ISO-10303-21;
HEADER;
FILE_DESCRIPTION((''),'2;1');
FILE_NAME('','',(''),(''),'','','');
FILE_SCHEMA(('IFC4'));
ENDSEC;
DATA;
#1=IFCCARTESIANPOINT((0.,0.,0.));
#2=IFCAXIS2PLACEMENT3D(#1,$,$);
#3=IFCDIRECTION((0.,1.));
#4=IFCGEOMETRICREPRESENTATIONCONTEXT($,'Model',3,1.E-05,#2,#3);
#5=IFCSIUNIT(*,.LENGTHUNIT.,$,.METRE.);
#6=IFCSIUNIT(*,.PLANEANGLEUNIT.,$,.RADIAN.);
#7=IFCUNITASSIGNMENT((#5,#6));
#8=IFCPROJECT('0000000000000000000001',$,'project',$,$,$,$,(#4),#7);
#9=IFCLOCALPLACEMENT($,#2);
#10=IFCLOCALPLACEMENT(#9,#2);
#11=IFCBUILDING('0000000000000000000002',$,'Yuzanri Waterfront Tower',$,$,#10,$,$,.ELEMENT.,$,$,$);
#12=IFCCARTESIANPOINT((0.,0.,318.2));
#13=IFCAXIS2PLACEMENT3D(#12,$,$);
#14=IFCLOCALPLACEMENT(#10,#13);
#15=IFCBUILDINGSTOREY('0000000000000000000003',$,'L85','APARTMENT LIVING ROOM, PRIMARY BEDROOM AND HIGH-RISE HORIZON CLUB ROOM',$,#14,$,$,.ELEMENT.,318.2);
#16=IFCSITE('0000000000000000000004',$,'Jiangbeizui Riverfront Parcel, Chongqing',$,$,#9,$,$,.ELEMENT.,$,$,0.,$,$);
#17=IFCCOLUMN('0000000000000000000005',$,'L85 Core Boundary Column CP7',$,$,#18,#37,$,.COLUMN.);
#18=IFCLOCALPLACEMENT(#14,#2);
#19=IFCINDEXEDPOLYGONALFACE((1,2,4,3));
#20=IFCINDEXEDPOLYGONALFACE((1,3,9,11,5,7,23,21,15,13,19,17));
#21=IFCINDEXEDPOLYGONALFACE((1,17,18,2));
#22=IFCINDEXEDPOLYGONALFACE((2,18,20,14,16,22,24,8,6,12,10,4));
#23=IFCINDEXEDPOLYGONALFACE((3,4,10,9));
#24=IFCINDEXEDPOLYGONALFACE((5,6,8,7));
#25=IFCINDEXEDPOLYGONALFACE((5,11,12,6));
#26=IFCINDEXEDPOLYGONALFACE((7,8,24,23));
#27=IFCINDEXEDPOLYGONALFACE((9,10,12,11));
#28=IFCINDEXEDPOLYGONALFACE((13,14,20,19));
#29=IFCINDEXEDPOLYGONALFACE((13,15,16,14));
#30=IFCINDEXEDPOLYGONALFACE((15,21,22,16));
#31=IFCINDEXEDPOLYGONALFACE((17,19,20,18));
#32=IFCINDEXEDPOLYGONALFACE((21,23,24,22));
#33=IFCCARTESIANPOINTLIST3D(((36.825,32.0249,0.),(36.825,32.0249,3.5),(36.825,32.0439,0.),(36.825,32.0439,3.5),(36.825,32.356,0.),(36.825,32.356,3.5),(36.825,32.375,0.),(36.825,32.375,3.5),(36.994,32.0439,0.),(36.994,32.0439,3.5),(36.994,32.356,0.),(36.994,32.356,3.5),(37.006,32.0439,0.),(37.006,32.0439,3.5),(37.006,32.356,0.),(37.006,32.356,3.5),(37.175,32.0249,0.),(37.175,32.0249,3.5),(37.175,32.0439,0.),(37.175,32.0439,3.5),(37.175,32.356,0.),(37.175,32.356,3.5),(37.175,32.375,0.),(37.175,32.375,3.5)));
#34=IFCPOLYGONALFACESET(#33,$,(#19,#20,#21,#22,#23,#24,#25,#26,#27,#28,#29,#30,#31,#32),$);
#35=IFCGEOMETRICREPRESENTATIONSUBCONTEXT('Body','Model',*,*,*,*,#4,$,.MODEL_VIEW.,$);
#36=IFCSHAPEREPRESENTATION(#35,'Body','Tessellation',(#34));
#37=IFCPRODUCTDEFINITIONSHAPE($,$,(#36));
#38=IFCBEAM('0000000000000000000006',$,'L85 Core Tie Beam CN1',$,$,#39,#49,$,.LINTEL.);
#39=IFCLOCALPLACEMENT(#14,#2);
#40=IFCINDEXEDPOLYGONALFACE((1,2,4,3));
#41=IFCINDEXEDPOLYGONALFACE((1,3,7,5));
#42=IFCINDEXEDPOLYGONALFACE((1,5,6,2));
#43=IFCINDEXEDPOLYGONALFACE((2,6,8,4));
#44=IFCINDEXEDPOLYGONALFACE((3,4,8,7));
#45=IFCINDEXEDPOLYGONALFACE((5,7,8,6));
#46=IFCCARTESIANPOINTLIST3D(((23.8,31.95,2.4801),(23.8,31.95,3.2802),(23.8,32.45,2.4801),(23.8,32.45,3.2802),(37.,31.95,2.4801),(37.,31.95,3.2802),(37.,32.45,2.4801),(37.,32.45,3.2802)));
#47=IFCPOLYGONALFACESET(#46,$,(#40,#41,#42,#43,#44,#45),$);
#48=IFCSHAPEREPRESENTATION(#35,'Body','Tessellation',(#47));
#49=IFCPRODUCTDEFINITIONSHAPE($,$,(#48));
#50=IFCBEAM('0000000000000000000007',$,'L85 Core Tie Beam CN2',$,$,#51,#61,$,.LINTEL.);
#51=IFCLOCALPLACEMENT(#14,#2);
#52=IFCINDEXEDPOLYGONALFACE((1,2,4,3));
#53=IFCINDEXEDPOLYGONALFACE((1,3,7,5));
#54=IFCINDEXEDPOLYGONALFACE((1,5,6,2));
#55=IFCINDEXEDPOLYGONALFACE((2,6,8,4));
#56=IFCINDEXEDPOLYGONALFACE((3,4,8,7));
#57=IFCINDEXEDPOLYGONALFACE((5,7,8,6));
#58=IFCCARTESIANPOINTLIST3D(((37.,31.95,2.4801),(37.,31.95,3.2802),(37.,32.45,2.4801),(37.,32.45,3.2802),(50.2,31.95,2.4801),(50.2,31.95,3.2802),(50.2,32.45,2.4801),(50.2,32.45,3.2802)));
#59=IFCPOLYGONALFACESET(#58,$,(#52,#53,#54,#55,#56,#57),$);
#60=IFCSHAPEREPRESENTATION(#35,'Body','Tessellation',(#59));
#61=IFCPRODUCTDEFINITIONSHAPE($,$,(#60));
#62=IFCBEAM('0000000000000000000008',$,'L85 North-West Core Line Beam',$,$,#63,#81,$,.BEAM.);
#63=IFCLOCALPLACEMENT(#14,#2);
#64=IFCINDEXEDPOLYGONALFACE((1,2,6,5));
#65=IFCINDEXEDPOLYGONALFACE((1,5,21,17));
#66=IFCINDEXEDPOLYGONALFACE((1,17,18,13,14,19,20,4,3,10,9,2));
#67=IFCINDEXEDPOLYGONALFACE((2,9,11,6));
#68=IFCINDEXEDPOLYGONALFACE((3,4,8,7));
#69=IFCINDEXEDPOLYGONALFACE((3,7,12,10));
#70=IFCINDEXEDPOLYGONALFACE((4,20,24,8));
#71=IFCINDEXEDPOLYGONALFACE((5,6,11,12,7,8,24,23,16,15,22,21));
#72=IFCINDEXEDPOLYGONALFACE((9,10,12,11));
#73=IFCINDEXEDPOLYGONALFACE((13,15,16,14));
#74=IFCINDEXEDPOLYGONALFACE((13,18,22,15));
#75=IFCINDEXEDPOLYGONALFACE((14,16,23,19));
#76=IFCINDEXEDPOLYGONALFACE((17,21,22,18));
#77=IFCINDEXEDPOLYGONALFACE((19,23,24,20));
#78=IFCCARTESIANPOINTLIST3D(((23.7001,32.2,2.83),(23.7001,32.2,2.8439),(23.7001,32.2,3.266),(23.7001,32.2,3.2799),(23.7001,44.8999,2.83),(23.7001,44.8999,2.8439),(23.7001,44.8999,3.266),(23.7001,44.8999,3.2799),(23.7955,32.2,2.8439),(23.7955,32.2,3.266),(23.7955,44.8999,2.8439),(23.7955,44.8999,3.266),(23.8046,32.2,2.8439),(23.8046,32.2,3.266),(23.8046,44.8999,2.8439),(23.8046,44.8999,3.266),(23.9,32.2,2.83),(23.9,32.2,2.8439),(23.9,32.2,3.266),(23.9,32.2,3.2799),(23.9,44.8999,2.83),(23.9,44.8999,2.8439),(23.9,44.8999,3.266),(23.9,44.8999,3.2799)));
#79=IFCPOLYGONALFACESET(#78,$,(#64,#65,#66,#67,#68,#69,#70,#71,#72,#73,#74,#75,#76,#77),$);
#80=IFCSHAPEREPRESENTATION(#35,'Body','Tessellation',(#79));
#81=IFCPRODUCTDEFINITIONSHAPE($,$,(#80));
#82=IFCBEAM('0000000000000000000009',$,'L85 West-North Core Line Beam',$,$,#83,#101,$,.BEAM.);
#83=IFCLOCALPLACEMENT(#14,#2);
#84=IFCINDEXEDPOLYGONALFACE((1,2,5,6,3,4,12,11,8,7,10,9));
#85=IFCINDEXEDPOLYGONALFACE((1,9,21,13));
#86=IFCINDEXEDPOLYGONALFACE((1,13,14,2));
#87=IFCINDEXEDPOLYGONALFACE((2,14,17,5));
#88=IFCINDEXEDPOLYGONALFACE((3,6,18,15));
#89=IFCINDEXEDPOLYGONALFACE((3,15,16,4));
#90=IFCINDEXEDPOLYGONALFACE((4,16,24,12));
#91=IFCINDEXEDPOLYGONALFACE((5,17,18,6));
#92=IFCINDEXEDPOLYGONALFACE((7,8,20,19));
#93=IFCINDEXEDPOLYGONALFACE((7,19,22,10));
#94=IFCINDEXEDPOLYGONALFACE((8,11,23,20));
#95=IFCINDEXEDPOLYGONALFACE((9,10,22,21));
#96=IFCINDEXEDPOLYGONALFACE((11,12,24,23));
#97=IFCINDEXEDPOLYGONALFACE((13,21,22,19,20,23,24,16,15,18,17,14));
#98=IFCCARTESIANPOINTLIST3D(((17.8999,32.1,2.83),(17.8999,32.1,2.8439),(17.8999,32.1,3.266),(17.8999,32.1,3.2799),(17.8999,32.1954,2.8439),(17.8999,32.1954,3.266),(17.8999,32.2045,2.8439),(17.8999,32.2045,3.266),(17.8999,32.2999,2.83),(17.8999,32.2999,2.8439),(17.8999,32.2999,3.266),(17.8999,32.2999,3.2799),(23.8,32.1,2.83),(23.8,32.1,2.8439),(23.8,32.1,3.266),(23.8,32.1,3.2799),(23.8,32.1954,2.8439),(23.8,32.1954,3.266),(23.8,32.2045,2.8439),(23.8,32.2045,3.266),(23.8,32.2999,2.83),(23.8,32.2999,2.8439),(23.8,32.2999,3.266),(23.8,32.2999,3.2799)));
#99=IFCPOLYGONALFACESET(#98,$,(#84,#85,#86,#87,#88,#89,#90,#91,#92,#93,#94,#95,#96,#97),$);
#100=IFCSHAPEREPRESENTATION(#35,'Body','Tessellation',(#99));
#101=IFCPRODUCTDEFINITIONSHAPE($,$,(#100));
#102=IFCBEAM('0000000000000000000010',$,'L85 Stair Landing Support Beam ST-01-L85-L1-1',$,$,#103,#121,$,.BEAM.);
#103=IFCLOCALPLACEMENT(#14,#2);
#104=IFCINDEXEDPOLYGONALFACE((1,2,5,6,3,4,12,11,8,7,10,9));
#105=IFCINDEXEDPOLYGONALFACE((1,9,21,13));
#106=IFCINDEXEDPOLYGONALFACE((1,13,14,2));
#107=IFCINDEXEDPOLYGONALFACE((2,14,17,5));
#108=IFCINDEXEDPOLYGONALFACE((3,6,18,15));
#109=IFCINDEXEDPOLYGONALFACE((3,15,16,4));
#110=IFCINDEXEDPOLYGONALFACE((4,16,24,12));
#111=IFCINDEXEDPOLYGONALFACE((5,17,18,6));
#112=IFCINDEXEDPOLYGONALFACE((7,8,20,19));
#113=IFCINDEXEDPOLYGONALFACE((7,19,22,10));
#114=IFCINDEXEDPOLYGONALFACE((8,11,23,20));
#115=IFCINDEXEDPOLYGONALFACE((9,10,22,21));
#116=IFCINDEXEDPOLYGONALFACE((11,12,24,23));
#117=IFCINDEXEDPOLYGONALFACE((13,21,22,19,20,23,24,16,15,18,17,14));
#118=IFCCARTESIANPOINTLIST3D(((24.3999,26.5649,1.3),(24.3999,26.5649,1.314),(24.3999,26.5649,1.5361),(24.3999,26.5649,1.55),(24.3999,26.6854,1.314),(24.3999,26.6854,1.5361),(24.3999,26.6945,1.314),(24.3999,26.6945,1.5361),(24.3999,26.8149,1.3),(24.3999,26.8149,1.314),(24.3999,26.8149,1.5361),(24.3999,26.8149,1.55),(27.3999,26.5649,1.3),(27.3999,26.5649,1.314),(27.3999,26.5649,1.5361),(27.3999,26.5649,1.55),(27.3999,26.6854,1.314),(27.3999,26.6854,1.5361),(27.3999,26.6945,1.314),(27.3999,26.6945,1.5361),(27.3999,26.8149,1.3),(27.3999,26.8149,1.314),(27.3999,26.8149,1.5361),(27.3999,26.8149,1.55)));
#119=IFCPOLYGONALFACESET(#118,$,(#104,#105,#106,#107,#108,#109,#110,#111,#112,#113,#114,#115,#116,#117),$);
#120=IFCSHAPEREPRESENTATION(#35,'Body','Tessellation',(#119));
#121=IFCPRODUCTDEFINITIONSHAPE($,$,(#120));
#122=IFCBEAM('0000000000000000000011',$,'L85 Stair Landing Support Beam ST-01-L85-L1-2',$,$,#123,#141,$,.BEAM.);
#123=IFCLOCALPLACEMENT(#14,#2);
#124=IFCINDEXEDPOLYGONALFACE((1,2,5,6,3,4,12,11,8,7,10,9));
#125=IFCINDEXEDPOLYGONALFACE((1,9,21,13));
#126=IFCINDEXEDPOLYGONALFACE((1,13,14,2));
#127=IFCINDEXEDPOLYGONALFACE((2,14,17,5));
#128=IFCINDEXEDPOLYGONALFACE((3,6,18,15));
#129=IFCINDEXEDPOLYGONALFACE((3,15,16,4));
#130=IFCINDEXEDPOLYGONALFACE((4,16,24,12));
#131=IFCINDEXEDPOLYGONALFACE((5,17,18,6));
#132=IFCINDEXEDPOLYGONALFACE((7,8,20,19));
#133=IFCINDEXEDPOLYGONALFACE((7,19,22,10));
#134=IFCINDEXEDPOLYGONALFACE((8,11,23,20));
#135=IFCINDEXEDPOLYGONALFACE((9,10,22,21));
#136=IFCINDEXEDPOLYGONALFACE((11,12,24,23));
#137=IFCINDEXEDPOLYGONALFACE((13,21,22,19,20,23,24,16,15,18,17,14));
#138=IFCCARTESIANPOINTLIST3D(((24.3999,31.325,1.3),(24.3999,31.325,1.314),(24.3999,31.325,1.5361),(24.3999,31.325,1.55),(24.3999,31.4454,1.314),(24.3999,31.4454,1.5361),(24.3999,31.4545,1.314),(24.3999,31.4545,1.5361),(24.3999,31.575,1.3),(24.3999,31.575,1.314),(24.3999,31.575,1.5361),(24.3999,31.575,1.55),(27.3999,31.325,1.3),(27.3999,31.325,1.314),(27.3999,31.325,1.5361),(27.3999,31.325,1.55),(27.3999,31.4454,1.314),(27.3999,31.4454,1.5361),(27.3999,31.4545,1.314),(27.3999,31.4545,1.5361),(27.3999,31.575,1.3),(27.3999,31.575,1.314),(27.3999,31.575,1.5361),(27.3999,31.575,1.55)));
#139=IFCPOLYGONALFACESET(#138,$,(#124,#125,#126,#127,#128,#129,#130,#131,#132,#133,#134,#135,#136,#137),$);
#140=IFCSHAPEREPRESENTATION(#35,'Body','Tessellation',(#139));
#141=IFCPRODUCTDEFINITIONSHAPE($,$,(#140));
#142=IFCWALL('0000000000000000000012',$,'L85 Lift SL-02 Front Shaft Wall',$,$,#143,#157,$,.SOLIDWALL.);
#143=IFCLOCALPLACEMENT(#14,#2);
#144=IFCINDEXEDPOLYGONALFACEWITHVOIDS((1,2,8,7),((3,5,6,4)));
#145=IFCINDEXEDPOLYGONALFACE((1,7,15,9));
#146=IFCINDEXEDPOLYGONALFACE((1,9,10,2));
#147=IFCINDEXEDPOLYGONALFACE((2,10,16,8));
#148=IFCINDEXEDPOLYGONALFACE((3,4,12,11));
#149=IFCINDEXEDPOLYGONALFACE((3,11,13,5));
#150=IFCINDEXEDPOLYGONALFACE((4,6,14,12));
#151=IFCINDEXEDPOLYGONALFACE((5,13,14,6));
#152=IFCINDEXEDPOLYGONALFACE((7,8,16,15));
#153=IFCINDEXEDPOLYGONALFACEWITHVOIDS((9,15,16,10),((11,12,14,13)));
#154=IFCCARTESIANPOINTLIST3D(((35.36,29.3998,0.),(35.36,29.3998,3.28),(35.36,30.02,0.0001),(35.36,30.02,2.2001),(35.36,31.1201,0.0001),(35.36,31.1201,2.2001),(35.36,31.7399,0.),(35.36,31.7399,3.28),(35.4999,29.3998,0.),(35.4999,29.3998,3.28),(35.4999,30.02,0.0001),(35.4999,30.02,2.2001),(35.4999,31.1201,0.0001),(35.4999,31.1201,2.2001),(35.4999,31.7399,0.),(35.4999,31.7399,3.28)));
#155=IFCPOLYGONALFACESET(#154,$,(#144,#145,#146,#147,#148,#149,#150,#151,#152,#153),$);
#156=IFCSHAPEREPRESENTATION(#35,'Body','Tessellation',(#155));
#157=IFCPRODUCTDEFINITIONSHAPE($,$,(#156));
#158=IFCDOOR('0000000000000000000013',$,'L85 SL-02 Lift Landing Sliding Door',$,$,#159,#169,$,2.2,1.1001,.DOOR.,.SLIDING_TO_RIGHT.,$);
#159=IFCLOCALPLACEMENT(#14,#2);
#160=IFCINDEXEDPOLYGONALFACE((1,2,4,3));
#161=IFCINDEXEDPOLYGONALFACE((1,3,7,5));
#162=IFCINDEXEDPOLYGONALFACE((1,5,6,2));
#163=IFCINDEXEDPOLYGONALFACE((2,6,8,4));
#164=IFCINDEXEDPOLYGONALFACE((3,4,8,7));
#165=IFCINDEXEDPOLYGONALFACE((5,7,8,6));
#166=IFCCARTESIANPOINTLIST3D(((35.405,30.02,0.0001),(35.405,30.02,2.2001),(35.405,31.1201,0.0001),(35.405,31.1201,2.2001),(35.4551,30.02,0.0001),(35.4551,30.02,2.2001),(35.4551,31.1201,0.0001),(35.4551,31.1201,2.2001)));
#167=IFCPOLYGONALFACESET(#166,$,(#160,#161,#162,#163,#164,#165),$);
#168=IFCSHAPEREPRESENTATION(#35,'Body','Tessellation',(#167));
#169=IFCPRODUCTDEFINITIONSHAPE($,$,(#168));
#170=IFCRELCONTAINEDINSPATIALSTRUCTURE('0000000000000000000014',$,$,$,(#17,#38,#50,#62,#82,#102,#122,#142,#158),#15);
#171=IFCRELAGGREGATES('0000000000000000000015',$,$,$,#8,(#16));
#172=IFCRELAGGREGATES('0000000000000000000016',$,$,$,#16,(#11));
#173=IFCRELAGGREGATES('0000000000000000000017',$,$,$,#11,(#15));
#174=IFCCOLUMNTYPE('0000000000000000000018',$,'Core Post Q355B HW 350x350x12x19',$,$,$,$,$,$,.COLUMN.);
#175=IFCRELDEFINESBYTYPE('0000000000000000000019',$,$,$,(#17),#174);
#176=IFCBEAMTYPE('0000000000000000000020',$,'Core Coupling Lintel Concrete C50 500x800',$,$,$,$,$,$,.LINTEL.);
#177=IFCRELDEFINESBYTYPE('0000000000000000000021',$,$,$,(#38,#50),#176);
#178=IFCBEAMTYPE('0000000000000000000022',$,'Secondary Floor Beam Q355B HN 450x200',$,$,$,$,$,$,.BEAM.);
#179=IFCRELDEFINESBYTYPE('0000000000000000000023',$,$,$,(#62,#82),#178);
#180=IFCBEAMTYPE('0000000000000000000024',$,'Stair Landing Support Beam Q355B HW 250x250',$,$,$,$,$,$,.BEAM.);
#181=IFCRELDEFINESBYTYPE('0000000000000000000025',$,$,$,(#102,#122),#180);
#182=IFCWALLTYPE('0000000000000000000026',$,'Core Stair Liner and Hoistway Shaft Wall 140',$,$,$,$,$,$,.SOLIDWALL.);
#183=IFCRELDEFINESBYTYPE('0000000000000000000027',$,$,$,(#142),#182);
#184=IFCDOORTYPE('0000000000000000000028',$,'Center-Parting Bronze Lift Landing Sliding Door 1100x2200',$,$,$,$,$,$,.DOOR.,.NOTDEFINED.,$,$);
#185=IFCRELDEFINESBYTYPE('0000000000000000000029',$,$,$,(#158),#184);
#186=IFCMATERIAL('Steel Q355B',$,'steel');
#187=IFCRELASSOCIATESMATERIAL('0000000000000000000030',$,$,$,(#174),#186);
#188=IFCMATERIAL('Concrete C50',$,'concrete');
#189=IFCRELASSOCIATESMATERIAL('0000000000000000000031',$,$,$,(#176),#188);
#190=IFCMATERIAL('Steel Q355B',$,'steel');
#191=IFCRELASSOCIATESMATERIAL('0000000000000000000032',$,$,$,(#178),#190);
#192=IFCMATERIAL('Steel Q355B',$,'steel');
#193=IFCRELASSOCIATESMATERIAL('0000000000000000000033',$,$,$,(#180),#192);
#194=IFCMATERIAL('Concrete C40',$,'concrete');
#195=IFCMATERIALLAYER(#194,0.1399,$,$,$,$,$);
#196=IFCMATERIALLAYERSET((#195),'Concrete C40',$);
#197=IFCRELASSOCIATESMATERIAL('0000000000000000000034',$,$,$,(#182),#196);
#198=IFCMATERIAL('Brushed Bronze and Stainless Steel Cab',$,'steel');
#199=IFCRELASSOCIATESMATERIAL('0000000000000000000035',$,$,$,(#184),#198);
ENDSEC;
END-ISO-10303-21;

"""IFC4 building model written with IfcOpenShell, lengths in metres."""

from ifc_helpers import new_model, si_unit, direction, frame, frame_2d, origin, origin_2d, place, context, subcontext, project, spatial, rectangle, i_section, extrude, source, transform, mapped, material, layer, layer_set, material_profile, profile_set, type_object, element, fill, save


model = new_model("IFC4")

# Units and contexts
model_context = context("Model", 3, precision=1e-05, world=origin(), true_north=direction((0.0, 1.0)))
body_context = subcontext(model_context, "Body", "Model", "MODEL_VIEW")
ifc_project = project(units=[si_unit("LENGTHUNIT", "METRE"), si_unit("PLANEANGLEUNIT", "RADIAN")], contexts=[model_context])

# Site, building, storey
site_placement = place(None, origin())
site = spatial("IfcSite", under=ifc_project, at=site_placement, Name="Jiangbeizui Riverfront Parcel, Chongqing", CompositionType="ELEMENT", RefElevation=0.0)
building_placement = place(site_placement, origin())
building = spatial("IfcBuilding", under=site, at=building_placement, Name="Yuzanri Waterfront Tower", CompositionType="ELEMENT")
storey_placement = place(building_placement, frame((0.0, 0.0, 318.2)))
storey = spatial("IfcBuildingStorey", under=building, at=storey_placement, Name="L85", Description="APARTMENT LIVING ROOM, PRIMARY BEDROOM AND HIGH-RISE HORIZON CLUB ROOM", CompositionType="ELEMENT", Elevation=318.2)

# Column
ifc_material_1 = material(Name="Steel Q355B", Category="steel")
ifc_material_profile_1 = material_profile(ifc_material_1, i_section(OverallWidth=0.3501, OverallDepth=0.3501, WebThickness=0.012, FlangeThickness=0.019, at=origin_2d()), Name="HW 350x350x12x19")
ifc_profile_set_1 = profile_set([ifc_material_profile_1], Name="Steel Q355B")
column_type = type_object("IfcColumnType", Name="Core Post Q355B HW 350x350x12x19", PredefinedType="COLUMN", material=ifc_profile_set_1)
shared_shape_1 = source(origin(), body_context, "Body", "SweptSolid", [
    extrude(i_section(OverallWidth=0.3501, OverallDepth=0.3501, WebThickness=0.012, FlangeThickness=0.019, at=origin_2d()), origin(), (0.0, 0.0, 1.0), 3.5),
])
column_placement = place(storey_placement, frame((37.0, 32.2, 0.0), z_axis=(0.0, 0.0, 1.0), x_axis=(1.0, 0.0, 0.0)))
element("IfcColumn", 1, at=column_placement, inside=storey, type_object=column_type, Name="L85 Core Boundary Column CP7", PredefinedType="COLUMN", context=body_context, shape_type="MappedRepresentation", body=[
    mapped(shared_shape_1, transform((0.0, 0.0, 0.0), scale=1.0)),
])

# Beams
ifc_material_2 = material(Name="Concrete C50", Category="concrete")
ifc_material_profile_2 = material_profile(ifc_material_2, rectangle(XDim=0.5, YDim=0.8, at=origin_2d()), Name="RC 500x800")
ifc_profile_set_2 = profile_set([ifc_material_profile_2], Name="Concrete C50")
beam_type_1 = type_object("IfcBeamType", Name="Core Coupling Lintel Concrete C50 500x800", PredefinedType="LINTEL", material=ifc_profile_set_2)
shared_shape_2 = source(origin(), body_context, "Body", "SweptSolid", [
    extrude(rectangle(XDim=0.5, YDim=0.8, at=origin_2d()), origin(), (0.0, 0.0, 1.0), 13.2),
])
for number, where, z_axis, x_axis, name in (
    (2, (23.8, 32.2, 2.8801), (1.0, 0.0, 0.0), (0.0, 1.0, 0.0), "L85 Core Tie Beam CN1"),
    (3, (37.0, 32.2, 2.8801), (1.0, 0.0, 0.0), (0.0, 1.0, 0.0), "L85 Core Tie Beam CN2"),
):
    element("IfcBeam", number, at=place(storey_placement, frame(where, z_axis=z_axis, x_axis=x_axis)), inside=storey, type_object=beam_type_1, Name=name, PredefinedType="LINTEL", context=body_context, shape_type="MappedRepresentation", body=[
        mapped(shared_shape_2, transform((0.0, 0.0, 0.0), scale=1.0)),
    ])
ifc_material_3 = material(Name="Steel Q355B", Category="steel")
ifc_material_profile_3 = material_profile(ifc_material_3, i_section(OverallWidth=0.2, OverallDepth=0.45, WebThickness=0.009, FlangeThickness=0.0139, at=origin_2d()), Name="HN 450x200x9x14")
ifc_profile_set_3 = profile_set([ifc_material_profile_3], Name="Steel Q355B")
beam_type_2 = type_object("IfcBeamType", Name="Secondary Floor Beam Q355B HN 450x200", PredefinedType="BEAM", material=ifc_profile_set_3)
shared_shape_3 = source(origin(), body_context, "Body", "SweptSolid", [
    extrude(i_section(OverallWidth=0.2, OverallDepth=0.45, WebThickness=0.009, FlangeThickness=0.0139, at=origin_2d()), origin(), (0.0, 0.0, 1.0), 12.7),
])
beam_1_placement = place(storey_placement, frame((23.8, 32.2, 3.0549), z_axis=(0.0, 1.0, 0.0), x_axis=(-1.0, 0.0, 0.0)))
element("IfcBeam", 4, at=beam_1_placement, inside=storey, type_object=beam_type_2, Name="L85 North-West Core Line Beam", PredefinedType="BEAM", context=body_context, shape_type="MappedRepresentation", body=[
    mapped(shared_shape_3, transform((0.0, 0.0, 0.0), scale=1.0)),
])
shared_shape_4 = source(origin(), body_context, "Body", "SweptSolid", [
    extrude(i_section(OverallWidth=0.2, OverallDepth=0.45, WebThickness=0.009, FlangeThickness=0.0139, at=origin_2d()), origin(), (0.0, 0.0, 1.0), 5.9001),
])
beam_2_placement = place(storey_placement, frame((23.8, 32.2, 3.0549), z_axis=(-1.0, 0.0, 0.0), x_axis=(0.0, -1.0, 0.0)))
element("IfcBeam", 5, at=beam_2_placement, inside=storey, type_object=beam_type_2, Name="L85 West-North Core Line Beam", PredefinedType="BEAM", context=body_context, shape_type="MappedRepresentation", body=[
    mapped(shared_shape_4, transform((0.0, 0.0, 0.0), scale=1.0)),
])
ifc_material_4 = material(Name="Steel Q355B", Category="steel")
ifc_material_profile_4 = material_profile(ifc_material_4, i_section(OverallWidth=0.25, OverallDepth=0.25, WebThickness=0.009, FlangeThickness=0.0139, at=origin_2d()), Name="HW 250x250x9x14")
ifc_profile_set_4 = profile_set([ifc_material_profile_4], Name="Steel Q355B")
beam_type_3 = type_object("IfcBeamType", Name="Stair Landing Support Beam Q355B HW 250x250", PredefinedType="BEAM", material=ifc_profile_set_4)
shared_shape_5 = source(origin(), body_context, "Body", "SweptSolid", [
    extrude(i_section(OverallWidth=0.25, OverallDepth=0.25, WebThickness=0.009, FlangeThickness=0.0139, at=origin_2d()), origin(), (0.0, 0.0, 1.0), 3.0),
])
for number, where, z_axis, x_axis, name in (
    (6, (24.3999, 26.6899, 1.425), (1.0, 0.0, 0.0), (0.0, 1.0, 0.0), "L85 Stair Landing Support Beam ST-01-L85-L1-1"),
    (7, (24.3999, 31.45, 1.425), (1.0, 0.0, 0.0), (0.0, 1.0, 0.0), "L85 Stair Landing Support Beam ST-01-L85-L1-2"),
):
    element("IfcBeam", number, at=place(storey_placement, frame(where, z_axis=z_axis, x_axis=x_axis)), inside=storey, type_object=beam_type_3, Name=name, PredefinedType="BEAM", context=body_context, shape_type="MappedRepresentation", body=[
        mapped(shared_shape_5, transform((0.0, 0.0, 0.0), scale=1.0)),
    ])

# Wall, opening, door
ifc_material_5 = material(Name="Concrete C40", Category="concrete")
ifc_layer_1 = layer(ifc_material_5, 0.1399)
ifc_layer_set_1 = layer_set([ifc_layer_1], Name="Concrete C40")
wall_type_1 = type_object("IfcWallType", Name="Core Stair Liner and Hoistway Shaft Wall 140", PredefinedType="SOLIDWALL", material=ifc_layer_set_1)
wall_1_placement = place(storey_placement, frame((35.4299, 29.3999, 0.0), z_axis=(0.0, 0.0, 1.0), x_axis=(0.0, 1.0, 0.0)))
wall_1 = element("IfcWall", 8, at=wall_1_placement, inside=storey, type_object=wall_type_1, Name="L85 Lift SL-02 Front Shaft Wall", PredefinedType="SOLIDWALL", context=body_context, shape_type="SweptSolid", body=[
    extrude(rectangle(XDim=2.3401, YDim=0.1399, at=frame_2d((1.1699, 0.0))), origin(), (0.0, 0.0, 1.0), 3.28),
])
opening_1_placement = place(wall_1_placement, frame((0.6201, 0.0, 0.0)))
opening_1 = element("IfcOpeningElement", 9, at=opening_1_placement, cuts=wall_1, PredefinedType="OPENING", context=body_context, shape_type="SweptSolid", body=[
    extrude(rectangle(XDim=1.1001, YDim=2.2, at=frame_2d((0.55, 1.1001))), frame((0.0, 0.085, 0.0), z_axis=(0.0, -1.0, 0.0), x_axis=(1.0, 0.0, 0.0)), (0.0, 0.0, 1.0), 0.1697),
])
ifc_material_6 = material(Name="Brushed Bronze and Stainless Steel Cab", Category="steel")
door_type_1 = type_object("IfcDoorType", Name="Center-Parting Bronze Lift Landing Sliding Door 1100x2200", OperationType="NOTDEFINED", PredefinedType="DOOR", material=ifc_material_6)
shared_shape_6 = source(origin(), body_context, "Body", "SweptSolid", [
    extrude(rectangle(XDim=1.1001, YDim=2.2, at=frame_2d((0.55, 1.1001))), frame((0.0, 0.0249, 0.0), z_axis=(0.0, -1.0, 0.0), x_axis=(1.0, 0.0, 0.0)), (0.0, 0.0, 1.0), 0.05),
])
door_1_placement = place(opening_1_placement, origin())
door_1 = element("IfcDoor", 10, at=door_1_placement, inside=storey, type_object=door_type_1, Name="L85 SL-02 Lift Landing Sliding Door", OperationType="SLIDING_TO_RIGHT", OverallHeight=2.2, OverallWidth=1.1001, PredefinedType="DOOR", context=body_context, shape_type="MappedRepresentation", body=[
    mapped(shared_shape_6, transform((0.0, 0.0, 0.0), scale=1.0)),
])
fill(opening_1, door_1)

save(model, "model.ifc")
